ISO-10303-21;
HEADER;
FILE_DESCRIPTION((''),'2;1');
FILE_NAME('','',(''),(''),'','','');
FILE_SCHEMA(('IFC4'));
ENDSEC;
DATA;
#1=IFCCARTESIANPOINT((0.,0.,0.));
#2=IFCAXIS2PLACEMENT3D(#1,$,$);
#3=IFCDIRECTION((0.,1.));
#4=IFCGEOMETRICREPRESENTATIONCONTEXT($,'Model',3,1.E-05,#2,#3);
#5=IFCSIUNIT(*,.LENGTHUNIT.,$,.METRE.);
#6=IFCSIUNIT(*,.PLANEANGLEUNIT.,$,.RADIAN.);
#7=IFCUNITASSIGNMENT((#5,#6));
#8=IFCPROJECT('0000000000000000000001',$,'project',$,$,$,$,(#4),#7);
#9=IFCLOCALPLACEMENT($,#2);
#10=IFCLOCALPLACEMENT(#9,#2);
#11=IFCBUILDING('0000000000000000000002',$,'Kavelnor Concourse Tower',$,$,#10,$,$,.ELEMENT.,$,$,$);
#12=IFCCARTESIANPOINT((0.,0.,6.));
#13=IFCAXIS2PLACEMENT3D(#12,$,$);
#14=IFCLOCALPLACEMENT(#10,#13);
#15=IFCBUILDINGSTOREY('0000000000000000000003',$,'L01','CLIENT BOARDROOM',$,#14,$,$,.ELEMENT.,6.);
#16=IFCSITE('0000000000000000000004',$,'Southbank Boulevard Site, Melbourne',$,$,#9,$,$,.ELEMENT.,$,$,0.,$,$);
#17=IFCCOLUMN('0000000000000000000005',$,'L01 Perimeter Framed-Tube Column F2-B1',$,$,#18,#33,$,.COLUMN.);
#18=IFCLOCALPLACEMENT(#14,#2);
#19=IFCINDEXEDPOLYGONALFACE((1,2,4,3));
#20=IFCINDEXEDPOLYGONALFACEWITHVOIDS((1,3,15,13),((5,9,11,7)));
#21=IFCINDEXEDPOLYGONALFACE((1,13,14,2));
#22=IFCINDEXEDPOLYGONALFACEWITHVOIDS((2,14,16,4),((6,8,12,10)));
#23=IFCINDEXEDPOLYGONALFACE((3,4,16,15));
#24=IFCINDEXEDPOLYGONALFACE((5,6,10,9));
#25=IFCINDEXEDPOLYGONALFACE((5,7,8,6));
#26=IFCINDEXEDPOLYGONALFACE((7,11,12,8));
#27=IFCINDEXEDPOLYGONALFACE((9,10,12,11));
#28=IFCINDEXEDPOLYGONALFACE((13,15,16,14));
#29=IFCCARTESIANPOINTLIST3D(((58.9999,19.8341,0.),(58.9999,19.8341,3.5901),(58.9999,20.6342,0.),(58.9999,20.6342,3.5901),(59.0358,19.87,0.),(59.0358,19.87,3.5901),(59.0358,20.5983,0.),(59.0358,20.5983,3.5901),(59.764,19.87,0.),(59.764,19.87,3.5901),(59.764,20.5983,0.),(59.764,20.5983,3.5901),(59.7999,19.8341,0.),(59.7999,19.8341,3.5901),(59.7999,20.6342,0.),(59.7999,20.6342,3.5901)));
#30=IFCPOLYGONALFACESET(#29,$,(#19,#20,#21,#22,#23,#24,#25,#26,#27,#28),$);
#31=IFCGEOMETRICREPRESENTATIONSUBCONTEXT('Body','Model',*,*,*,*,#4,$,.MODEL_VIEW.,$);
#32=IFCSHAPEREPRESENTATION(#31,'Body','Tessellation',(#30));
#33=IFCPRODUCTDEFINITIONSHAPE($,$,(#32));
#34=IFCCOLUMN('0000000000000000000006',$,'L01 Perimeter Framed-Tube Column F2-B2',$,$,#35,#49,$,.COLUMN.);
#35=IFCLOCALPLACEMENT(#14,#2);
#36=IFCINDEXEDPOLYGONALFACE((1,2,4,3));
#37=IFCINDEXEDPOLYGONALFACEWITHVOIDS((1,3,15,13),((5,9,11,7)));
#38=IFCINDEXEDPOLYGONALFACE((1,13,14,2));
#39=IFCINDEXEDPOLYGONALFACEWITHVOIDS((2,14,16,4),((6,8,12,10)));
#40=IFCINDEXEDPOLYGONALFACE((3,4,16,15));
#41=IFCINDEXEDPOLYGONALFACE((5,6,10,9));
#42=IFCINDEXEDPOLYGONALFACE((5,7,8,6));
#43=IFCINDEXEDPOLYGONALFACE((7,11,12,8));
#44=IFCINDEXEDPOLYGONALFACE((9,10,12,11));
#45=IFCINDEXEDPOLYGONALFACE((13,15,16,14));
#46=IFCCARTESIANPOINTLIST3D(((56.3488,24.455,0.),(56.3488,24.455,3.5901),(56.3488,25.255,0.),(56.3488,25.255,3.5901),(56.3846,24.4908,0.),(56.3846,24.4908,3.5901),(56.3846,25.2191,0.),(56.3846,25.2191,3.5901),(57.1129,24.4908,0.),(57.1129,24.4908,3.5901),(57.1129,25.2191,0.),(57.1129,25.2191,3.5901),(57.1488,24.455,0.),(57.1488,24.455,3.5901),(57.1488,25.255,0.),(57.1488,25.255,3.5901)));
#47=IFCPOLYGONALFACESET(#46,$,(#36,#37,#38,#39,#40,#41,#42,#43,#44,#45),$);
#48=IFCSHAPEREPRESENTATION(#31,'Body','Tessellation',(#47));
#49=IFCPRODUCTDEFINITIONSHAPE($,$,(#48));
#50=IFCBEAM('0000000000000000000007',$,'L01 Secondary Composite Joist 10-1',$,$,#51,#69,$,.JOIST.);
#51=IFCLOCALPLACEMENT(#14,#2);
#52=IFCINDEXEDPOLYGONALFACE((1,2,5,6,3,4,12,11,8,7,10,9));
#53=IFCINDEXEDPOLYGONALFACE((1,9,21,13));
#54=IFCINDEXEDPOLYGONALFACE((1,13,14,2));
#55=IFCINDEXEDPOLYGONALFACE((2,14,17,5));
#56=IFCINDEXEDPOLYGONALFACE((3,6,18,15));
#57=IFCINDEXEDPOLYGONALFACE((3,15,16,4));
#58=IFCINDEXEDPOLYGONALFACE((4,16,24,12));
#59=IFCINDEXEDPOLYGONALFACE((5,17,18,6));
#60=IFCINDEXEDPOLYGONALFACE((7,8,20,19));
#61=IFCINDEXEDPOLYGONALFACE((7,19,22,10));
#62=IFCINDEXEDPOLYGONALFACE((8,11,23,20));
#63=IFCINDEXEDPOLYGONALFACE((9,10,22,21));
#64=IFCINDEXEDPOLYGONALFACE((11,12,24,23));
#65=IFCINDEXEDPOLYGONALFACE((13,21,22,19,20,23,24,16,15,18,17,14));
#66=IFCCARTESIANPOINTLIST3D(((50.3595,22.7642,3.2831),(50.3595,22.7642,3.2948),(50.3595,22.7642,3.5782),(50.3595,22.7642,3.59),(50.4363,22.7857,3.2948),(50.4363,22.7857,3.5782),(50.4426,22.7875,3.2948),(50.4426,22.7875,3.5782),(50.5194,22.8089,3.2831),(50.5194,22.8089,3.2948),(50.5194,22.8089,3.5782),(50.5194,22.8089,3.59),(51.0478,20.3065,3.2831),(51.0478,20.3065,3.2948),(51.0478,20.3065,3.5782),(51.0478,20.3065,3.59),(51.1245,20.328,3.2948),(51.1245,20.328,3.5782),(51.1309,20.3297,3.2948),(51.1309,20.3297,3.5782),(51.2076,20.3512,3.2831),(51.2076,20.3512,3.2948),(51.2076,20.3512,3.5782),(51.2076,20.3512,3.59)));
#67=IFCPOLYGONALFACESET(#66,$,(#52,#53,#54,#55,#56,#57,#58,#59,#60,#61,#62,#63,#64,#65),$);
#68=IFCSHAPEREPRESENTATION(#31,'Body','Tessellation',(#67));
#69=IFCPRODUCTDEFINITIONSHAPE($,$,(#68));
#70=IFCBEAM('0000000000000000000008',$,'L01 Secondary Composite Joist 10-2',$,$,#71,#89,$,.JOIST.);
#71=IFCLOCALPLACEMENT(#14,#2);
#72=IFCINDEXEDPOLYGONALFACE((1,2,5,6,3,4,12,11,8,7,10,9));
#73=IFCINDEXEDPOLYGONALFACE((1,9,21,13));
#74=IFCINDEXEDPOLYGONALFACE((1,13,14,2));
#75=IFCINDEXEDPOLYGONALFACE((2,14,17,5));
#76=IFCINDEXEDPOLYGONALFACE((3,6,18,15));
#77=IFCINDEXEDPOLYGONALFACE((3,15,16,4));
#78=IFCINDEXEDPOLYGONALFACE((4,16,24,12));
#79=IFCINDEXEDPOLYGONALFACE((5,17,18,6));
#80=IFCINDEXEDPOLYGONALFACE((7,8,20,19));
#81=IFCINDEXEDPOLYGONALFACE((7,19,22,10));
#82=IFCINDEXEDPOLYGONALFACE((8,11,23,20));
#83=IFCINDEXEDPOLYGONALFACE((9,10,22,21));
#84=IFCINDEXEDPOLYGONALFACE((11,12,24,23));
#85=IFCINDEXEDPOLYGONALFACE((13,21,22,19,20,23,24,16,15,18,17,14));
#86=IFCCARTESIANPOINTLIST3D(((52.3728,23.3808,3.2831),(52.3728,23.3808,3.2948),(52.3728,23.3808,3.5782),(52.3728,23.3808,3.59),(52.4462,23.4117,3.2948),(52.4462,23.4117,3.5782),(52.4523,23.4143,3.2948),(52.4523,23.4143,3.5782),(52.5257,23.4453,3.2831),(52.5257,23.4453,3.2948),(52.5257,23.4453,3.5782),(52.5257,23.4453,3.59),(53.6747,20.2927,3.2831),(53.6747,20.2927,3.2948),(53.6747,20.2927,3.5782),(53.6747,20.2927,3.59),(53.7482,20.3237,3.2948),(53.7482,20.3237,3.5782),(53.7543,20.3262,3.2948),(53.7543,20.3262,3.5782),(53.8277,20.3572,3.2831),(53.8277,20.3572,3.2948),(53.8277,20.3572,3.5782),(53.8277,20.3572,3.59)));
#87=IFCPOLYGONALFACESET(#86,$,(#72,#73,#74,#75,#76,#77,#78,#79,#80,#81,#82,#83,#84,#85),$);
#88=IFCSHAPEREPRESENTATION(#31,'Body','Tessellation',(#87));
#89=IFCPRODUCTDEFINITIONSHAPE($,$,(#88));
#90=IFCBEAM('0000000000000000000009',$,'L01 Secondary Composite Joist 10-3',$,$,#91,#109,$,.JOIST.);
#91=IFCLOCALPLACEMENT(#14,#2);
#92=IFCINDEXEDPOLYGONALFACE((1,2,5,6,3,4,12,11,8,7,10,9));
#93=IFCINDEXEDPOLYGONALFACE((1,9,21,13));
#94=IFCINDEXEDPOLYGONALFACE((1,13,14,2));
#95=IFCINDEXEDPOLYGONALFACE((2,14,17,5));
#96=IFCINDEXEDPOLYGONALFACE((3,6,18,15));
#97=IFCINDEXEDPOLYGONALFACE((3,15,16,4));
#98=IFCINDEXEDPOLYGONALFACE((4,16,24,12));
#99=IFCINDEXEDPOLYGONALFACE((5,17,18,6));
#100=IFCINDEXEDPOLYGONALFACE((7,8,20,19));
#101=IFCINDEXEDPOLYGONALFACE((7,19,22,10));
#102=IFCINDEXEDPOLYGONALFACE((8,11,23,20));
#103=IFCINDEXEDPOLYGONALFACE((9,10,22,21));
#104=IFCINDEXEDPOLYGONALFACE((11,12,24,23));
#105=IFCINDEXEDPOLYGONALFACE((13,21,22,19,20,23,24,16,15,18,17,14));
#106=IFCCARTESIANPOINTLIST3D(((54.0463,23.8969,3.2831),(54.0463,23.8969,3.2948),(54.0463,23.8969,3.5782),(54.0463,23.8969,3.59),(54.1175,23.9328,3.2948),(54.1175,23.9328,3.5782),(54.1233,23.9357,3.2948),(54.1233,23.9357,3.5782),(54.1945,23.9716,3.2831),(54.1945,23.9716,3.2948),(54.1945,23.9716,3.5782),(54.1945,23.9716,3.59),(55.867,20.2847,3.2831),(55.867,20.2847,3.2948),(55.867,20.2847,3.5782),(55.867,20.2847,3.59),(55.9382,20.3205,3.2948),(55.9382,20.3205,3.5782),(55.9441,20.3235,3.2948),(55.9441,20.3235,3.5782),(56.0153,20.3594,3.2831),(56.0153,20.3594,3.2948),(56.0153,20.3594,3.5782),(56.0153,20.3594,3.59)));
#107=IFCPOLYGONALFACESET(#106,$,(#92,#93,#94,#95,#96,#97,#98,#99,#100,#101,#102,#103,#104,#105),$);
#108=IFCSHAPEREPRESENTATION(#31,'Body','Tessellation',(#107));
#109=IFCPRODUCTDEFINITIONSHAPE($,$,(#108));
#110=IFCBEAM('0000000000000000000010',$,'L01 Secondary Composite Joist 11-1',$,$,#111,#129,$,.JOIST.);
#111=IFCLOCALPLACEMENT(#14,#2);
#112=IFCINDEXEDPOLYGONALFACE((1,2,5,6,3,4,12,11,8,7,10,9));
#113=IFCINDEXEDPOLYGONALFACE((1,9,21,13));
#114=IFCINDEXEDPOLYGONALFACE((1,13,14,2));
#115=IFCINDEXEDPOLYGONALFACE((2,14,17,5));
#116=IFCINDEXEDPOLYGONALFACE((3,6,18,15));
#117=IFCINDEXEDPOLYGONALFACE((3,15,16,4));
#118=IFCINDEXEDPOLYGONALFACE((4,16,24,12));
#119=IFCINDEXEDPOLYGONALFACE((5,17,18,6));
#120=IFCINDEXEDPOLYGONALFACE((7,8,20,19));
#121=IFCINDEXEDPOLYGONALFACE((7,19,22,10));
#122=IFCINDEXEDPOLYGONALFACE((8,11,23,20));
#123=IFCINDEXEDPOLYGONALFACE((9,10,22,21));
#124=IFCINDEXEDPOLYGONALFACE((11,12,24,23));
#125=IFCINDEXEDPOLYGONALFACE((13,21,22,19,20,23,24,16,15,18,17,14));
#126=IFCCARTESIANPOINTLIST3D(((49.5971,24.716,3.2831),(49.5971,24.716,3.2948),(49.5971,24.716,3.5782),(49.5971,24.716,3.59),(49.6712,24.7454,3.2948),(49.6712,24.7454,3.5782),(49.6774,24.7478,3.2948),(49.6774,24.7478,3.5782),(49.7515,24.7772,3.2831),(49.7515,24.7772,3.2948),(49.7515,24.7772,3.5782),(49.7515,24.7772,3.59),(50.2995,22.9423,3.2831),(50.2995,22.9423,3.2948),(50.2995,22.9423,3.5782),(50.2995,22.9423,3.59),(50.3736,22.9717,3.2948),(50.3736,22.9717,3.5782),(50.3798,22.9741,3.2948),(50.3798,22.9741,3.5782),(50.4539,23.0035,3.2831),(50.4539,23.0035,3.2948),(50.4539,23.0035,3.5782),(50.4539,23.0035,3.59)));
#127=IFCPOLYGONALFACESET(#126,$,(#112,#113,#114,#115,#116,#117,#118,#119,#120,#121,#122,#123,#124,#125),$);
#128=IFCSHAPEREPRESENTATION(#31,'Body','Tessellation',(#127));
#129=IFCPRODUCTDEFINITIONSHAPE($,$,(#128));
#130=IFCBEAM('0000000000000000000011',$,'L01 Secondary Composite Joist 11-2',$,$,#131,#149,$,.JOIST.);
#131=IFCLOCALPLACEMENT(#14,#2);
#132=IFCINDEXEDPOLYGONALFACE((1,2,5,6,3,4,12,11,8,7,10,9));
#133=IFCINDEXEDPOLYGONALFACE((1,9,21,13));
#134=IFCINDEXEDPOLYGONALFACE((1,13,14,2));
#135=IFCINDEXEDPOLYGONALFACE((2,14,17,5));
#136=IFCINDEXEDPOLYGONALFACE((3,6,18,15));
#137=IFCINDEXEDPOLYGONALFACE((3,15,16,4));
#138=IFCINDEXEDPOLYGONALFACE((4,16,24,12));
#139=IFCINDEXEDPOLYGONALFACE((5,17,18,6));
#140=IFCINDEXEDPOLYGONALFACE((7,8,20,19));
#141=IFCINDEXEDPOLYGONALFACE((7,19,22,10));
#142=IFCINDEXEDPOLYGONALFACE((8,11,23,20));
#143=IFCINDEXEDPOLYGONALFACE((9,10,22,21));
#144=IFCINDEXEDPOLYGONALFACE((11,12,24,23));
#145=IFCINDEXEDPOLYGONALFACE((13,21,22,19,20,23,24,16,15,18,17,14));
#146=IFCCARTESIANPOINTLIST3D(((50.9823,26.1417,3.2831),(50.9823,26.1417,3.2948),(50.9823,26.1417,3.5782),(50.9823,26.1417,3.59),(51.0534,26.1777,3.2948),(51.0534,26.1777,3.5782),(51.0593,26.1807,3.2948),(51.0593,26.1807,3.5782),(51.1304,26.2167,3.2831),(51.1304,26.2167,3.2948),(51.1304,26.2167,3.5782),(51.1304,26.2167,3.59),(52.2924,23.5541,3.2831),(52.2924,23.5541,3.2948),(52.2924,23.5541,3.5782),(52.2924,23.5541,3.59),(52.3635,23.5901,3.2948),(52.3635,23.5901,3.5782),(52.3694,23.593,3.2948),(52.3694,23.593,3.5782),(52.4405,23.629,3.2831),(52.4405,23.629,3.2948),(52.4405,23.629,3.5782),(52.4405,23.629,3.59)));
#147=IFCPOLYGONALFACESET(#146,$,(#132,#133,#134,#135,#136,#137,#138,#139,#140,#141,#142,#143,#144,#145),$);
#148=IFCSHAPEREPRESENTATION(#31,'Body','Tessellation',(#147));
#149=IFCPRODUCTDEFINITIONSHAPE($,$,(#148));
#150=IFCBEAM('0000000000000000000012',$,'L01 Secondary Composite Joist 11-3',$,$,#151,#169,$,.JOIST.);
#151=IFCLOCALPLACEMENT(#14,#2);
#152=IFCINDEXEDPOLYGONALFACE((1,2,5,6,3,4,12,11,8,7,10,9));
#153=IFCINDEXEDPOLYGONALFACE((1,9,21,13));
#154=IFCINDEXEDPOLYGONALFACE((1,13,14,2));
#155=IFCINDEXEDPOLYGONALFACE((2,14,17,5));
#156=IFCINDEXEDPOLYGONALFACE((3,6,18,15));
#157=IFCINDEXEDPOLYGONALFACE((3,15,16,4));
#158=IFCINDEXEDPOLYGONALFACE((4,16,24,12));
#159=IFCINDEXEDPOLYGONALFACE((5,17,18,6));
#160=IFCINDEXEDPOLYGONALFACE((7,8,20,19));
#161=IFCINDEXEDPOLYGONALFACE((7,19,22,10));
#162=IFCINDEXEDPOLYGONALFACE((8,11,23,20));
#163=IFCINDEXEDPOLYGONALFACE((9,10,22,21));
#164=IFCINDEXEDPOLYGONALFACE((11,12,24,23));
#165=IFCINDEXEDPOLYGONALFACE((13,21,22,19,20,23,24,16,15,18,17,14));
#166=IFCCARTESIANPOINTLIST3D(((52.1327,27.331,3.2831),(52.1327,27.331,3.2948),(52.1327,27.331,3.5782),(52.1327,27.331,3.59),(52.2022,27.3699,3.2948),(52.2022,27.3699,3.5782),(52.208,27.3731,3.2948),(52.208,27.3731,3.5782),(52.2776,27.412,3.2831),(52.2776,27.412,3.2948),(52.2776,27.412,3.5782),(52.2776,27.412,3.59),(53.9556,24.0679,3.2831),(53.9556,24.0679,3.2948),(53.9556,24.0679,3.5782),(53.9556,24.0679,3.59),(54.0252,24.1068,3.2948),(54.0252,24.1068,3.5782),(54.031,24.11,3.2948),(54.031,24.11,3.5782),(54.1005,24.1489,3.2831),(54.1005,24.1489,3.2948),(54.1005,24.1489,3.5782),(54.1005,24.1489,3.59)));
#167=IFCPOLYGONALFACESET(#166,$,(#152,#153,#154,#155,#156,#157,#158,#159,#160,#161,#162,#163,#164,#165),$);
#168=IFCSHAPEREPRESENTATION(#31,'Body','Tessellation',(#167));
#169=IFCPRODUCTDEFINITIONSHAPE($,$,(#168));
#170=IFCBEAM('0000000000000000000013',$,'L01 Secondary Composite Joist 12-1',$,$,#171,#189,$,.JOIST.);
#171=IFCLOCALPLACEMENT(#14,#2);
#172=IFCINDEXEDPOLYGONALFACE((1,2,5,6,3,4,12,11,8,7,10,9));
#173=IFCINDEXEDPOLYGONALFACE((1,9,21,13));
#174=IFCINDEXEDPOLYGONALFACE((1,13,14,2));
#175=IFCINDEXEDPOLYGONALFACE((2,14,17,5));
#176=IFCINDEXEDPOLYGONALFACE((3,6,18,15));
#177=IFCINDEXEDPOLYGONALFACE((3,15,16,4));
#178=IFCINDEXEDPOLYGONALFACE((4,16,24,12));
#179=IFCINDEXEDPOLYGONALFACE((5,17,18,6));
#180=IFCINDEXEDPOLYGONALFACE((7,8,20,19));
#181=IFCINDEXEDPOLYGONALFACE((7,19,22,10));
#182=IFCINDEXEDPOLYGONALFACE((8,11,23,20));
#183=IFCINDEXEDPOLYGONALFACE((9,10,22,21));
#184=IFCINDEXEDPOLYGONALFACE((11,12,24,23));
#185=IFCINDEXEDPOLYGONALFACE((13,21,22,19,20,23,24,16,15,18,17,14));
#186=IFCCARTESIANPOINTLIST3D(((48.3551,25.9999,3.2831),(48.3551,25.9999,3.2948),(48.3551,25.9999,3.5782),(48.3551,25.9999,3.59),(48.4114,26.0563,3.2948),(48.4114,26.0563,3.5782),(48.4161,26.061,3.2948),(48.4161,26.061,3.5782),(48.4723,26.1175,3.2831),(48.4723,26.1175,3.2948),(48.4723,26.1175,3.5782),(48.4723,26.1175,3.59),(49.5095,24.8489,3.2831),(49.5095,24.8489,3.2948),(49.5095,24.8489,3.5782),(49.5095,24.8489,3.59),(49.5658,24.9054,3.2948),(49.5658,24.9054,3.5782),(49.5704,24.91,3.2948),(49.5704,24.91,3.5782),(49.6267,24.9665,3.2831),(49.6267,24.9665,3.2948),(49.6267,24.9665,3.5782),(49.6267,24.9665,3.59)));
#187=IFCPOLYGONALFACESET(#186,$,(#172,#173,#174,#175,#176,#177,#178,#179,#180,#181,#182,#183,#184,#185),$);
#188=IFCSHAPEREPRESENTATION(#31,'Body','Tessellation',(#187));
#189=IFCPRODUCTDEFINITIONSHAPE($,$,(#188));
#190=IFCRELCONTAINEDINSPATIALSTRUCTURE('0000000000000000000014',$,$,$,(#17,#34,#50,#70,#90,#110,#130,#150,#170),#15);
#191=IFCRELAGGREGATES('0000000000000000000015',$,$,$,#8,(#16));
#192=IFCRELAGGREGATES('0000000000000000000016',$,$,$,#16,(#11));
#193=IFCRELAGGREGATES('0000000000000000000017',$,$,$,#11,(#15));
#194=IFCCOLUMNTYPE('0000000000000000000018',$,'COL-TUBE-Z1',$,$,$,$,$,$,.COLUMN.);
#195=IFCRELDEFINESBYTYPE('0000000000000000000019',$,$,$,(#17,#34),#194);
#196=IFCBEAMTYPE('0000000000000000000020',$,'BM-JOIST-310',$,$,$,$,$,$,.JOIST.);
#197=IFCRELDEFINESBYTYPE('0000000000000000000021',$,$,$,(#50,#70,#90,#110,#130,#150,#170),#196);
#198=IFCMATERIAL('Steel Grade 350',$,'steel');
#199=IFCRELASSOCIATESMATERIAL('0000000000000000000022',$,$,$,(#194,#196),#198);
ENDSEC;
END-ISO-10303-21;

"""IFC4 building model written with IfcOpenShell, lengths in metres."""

from ifc_helpers import new_model, si_unit, direction, frame, origin, origin_2d, place, context, subcontext, project, spatial, hollow_rectangle, i_section, extrude, material, material_profile, profile_set, type_object, element, save


model = new_model("IFC4")

# Units and contexts
model_context = context("Model", 3, precision=1e-05, world=origin(), true_north=direction((0.0, 1.0)))
body_context = subcontext(model_context, "Body", "Model", "MODEL_VIEW")
ifc_project = project(units=[si_unit("LENGTHUNIT", "METRE"), si_unit("PLANEANGLEUNIT", "RADIAN")], contexts=[model_context])

# Site, building, storey
site_placement = place(None, origin())
site = spatial("IfcSite", under=ifc_project, at=site_placement, Name="Southbank Boulevard Site, Melbourne", CompositionType="ELEMENT", RefElevation=0.0)
building_placement = place(site_placement, origin())
building = spatial("IfcBuilding", under=site, at=building_placement, Name="Kavelnor Concourse Tower", CompositionType="ELEMENT")
storey_placement = place(building_placement, frame((0.0, 0.0, 6.0)))
storey = spatial("IfcBuildingStorey", under=building, at=storey_placement, Name="L01", Description="CLIENT BOARDROOM", CompositionType="ELEMENT", Elevation=6.0)

# Columns
ifc_material_1 = material(Name="Steel Grade 350", Category="steel")
ifc_material_profile_1 = material_profile(ifc_material_1, hollow_rectangle(XDim=0.8, YDim=0.8, WallThickness=0.0359, at=origin_2d()), Name="SHS 800x800x36")
ifc_profile_set_1 = profile_set([ifc_material_profile_1], Name="Steel Grade 350")
column_type = type_object("IfcColumnType", Name="COL-TUBE-Z1", PredefinedType="COLUMN", material=ifc_profile_set_1)
for number, where, z_axis, x_axis, name in (
    (1, (59.3999, 20.2341, 0.0), (0.0, 0.0, 1.0), (1.0, 0.0, 0.0), "L01 Perimeter Framed-Tube Column F2-B1"),
    (2, (56.7488, 24.855, 0.0), (0.0, 0.0, 1.0), (1.0, 0.0, 0.0), "L01 Perimeter Framed-Tube Column F2-B2"),
):
    element("IfcColumn", number, at=place(storey_placement, frame(where, z_axis=z_axis, x_axis=x_axis)), inside=storey, type_object=column_type, Name=name, PredefinedType="COLUMN", context=body_context, shape_type="SweptSolid", body=[
        extrude(hollow_rectangle(XDim=0.8, YDim=0.8, WallThickness=0.0359, at=origin_2d()), origin(), (0.0, 0.0, 1.0), 3.5901),
    ])

# Beams
ifc_material_profile_2 = material_profile(ifc_material_1, i_section(OverallWidth=0.166, OverallDepth=0.3069, WebThickness=0.0066, FlangeThickness=0.0117, at=origin_2d()), Name="310UB46")
ifc_profile_set_2 = profile_set([ifc_material_profile_2], Name="Steel Grade 350")
beam_type_1 = type_object("IfcBeamType", Name="BM-JOIST-310", PredefinedType="JOIST", material=ifc_profile_set_2)
beam_1_placement = place(storey_placement, frame((51.1277, 20.3289, 3.4365), z_axis=(-0.269651, 0.962958, 0.0), x_axis=(-0.962958, -0.269651, 0.0)))
element("IfcBeam", 3, at=beam_1_placement, inside=storey, type_object=beam_type_1, Name="L01 Secondary Composite Joist 10-1", PredefinedType="JOIST", context=body_context, shape_type="SweptSolid", body=[
    extrude(i_section(OverallWidth=0.166, OverallDepth=0.3069, WebThickness=0.0066, FlangeThickness=0.0117, at=origin_2d()), origin(), (0.0, 0.0, 1.0), 2.5522),
])
beam_2_placement = place(storey_placement, frame((53.7512, 20.325, 3.4365), z_axis=(-0.388497, 0.92145, 0.0), x_axis=(-0.92145, -0.388497, 0.0)))
element("IfcBeam", 4, at=beam_2_placement, inside=storey, type_object=beam_type_1, Name="L01 Secondary Composite Joist 10-2", PredefinedType="JOIST", context=body_context, shape_type="SweptSolid", body=[
    extrude(i_section(OverallWidth=0.166, OverallDepth=0.3069, WebThickness=0.0066, FlangeThickness=0.0117, at=origin_2d()), origin(), (0.0, 0.0, 1.0), 3.3513),
])
beam_3_placement = place(storey_placement, frame((55.9412, 20.322, 3.4365), z_axis=(-0.450108, 0.892974, 0.0), x_axis=(-0.892974, -0.450108, 0.0)))
element("IfcBeam", 5, at=beam_3_placement, inside=storey, type_object=beam_type_1, Name="L01 Secondary Composite Joist 10-3", PredefinedType="JOIST", context=body_context, shape_type="SweptSolid", body=[
    extrude(i_section(OverallWidth=0.166, OverallDepth=0.3069, WebThickness=0.0066, FlangeThickness=0.0117, at=origin_2d()), origin(), (0.0, 0.0, 1.0), 4.0452),
])
beam_4_placement = place(storey_placement, frame((50.3767, 22.9729, 3.4365), z_axis=(-0.368189, 0.929751, 0.0), x_axis=(-0.929751, -0.368189, 0.0)))
element("IfcBeam", 6, at=beam_4_placement, inside=storey, type_object=beam_type_1, Name="L01 Secondary Composite Joist 11-1", PredefinedType="JOIST", context=body_context, shape_type="SweptSolid", body=[
    extrude(i_section(OverallWidth=0.166, OverallDepth=0.3069, WebThickness=0.0066, FlangeThickness=0.0117, at=origin_2d()), origin(), (0.0, 0.0, 1.0), 1.9077),
])
beam_5_placement = place(storey_placement, frame((52.3665, 23.5916, 3.4365), z_axis=(-0.451686, 0.892177, 0.0), x_axis=(-0.892177, -0.451686, 0.0)))
element("IfcBeam", 7, at=beam_5_placement, inside=storey, type_object=beam_type_1, Name="L01 Secondary Composite Joist 11-2", PredefinedType="JOIST", context=body_context, shape_type="SweptSolid", body=[
    extrude(i_section(OverallWidth=0.166, OverallDepth=0.3069, WebThickness=0.0066, FlangeThickness=0.0117, at=origin_2d()), origin(), (0.0, 0.0, 1.0), 2.9004),
])
beam_6_placement = place(storey_placement, frame((54.0281, 24.1084, 3.4365), z_axis=(-0.48771, 0.873006, 0.0), x_axis=(-0.873006, -0.48771, 0.0)))
element("IfcBeam", 8, at=beam_6_placement, inside=storey, type_object=beam_type_1, Name="L01 Secondary Composite Joist 11-3", PredefinedType="JOIST", context=body_context, shape_type="SweptSolid", body=[
    extrude(i_section(OverallWidth=0.166, OverallDepth=0.3069, WebThickness=0.0066, FlangeThickness=0.0117, at=origin_2d()), origin(), (0.0, 0.0, 1.0), 3.7378),
])
beam_7_placement = place(storey_placement, frame((49.5681, 24.9077, 3.4365), z_axis=(-0.708154, 0.706058, 0.0), x_axis=(-0.706058, -0.708154, 0.0)))
element("IfcBeam", 9, at=beam_7_placement, inside=storey, type_object=beam_type_1, Name="L01 Secondary Composite Joist 12-1", PredefinedType="JOIST", context=body_context, shape_type="SweptSolid", body=[
    extrude(i_section(OverallWidth=0.166, OverallDepth=0.3069, WebThickness=0.0066, FlangeThickness=0.0117, at=origin_2d()), origin(), (0.0, 0.0, 1.0), 1.6301),
])

save(model, "model.ifc")
